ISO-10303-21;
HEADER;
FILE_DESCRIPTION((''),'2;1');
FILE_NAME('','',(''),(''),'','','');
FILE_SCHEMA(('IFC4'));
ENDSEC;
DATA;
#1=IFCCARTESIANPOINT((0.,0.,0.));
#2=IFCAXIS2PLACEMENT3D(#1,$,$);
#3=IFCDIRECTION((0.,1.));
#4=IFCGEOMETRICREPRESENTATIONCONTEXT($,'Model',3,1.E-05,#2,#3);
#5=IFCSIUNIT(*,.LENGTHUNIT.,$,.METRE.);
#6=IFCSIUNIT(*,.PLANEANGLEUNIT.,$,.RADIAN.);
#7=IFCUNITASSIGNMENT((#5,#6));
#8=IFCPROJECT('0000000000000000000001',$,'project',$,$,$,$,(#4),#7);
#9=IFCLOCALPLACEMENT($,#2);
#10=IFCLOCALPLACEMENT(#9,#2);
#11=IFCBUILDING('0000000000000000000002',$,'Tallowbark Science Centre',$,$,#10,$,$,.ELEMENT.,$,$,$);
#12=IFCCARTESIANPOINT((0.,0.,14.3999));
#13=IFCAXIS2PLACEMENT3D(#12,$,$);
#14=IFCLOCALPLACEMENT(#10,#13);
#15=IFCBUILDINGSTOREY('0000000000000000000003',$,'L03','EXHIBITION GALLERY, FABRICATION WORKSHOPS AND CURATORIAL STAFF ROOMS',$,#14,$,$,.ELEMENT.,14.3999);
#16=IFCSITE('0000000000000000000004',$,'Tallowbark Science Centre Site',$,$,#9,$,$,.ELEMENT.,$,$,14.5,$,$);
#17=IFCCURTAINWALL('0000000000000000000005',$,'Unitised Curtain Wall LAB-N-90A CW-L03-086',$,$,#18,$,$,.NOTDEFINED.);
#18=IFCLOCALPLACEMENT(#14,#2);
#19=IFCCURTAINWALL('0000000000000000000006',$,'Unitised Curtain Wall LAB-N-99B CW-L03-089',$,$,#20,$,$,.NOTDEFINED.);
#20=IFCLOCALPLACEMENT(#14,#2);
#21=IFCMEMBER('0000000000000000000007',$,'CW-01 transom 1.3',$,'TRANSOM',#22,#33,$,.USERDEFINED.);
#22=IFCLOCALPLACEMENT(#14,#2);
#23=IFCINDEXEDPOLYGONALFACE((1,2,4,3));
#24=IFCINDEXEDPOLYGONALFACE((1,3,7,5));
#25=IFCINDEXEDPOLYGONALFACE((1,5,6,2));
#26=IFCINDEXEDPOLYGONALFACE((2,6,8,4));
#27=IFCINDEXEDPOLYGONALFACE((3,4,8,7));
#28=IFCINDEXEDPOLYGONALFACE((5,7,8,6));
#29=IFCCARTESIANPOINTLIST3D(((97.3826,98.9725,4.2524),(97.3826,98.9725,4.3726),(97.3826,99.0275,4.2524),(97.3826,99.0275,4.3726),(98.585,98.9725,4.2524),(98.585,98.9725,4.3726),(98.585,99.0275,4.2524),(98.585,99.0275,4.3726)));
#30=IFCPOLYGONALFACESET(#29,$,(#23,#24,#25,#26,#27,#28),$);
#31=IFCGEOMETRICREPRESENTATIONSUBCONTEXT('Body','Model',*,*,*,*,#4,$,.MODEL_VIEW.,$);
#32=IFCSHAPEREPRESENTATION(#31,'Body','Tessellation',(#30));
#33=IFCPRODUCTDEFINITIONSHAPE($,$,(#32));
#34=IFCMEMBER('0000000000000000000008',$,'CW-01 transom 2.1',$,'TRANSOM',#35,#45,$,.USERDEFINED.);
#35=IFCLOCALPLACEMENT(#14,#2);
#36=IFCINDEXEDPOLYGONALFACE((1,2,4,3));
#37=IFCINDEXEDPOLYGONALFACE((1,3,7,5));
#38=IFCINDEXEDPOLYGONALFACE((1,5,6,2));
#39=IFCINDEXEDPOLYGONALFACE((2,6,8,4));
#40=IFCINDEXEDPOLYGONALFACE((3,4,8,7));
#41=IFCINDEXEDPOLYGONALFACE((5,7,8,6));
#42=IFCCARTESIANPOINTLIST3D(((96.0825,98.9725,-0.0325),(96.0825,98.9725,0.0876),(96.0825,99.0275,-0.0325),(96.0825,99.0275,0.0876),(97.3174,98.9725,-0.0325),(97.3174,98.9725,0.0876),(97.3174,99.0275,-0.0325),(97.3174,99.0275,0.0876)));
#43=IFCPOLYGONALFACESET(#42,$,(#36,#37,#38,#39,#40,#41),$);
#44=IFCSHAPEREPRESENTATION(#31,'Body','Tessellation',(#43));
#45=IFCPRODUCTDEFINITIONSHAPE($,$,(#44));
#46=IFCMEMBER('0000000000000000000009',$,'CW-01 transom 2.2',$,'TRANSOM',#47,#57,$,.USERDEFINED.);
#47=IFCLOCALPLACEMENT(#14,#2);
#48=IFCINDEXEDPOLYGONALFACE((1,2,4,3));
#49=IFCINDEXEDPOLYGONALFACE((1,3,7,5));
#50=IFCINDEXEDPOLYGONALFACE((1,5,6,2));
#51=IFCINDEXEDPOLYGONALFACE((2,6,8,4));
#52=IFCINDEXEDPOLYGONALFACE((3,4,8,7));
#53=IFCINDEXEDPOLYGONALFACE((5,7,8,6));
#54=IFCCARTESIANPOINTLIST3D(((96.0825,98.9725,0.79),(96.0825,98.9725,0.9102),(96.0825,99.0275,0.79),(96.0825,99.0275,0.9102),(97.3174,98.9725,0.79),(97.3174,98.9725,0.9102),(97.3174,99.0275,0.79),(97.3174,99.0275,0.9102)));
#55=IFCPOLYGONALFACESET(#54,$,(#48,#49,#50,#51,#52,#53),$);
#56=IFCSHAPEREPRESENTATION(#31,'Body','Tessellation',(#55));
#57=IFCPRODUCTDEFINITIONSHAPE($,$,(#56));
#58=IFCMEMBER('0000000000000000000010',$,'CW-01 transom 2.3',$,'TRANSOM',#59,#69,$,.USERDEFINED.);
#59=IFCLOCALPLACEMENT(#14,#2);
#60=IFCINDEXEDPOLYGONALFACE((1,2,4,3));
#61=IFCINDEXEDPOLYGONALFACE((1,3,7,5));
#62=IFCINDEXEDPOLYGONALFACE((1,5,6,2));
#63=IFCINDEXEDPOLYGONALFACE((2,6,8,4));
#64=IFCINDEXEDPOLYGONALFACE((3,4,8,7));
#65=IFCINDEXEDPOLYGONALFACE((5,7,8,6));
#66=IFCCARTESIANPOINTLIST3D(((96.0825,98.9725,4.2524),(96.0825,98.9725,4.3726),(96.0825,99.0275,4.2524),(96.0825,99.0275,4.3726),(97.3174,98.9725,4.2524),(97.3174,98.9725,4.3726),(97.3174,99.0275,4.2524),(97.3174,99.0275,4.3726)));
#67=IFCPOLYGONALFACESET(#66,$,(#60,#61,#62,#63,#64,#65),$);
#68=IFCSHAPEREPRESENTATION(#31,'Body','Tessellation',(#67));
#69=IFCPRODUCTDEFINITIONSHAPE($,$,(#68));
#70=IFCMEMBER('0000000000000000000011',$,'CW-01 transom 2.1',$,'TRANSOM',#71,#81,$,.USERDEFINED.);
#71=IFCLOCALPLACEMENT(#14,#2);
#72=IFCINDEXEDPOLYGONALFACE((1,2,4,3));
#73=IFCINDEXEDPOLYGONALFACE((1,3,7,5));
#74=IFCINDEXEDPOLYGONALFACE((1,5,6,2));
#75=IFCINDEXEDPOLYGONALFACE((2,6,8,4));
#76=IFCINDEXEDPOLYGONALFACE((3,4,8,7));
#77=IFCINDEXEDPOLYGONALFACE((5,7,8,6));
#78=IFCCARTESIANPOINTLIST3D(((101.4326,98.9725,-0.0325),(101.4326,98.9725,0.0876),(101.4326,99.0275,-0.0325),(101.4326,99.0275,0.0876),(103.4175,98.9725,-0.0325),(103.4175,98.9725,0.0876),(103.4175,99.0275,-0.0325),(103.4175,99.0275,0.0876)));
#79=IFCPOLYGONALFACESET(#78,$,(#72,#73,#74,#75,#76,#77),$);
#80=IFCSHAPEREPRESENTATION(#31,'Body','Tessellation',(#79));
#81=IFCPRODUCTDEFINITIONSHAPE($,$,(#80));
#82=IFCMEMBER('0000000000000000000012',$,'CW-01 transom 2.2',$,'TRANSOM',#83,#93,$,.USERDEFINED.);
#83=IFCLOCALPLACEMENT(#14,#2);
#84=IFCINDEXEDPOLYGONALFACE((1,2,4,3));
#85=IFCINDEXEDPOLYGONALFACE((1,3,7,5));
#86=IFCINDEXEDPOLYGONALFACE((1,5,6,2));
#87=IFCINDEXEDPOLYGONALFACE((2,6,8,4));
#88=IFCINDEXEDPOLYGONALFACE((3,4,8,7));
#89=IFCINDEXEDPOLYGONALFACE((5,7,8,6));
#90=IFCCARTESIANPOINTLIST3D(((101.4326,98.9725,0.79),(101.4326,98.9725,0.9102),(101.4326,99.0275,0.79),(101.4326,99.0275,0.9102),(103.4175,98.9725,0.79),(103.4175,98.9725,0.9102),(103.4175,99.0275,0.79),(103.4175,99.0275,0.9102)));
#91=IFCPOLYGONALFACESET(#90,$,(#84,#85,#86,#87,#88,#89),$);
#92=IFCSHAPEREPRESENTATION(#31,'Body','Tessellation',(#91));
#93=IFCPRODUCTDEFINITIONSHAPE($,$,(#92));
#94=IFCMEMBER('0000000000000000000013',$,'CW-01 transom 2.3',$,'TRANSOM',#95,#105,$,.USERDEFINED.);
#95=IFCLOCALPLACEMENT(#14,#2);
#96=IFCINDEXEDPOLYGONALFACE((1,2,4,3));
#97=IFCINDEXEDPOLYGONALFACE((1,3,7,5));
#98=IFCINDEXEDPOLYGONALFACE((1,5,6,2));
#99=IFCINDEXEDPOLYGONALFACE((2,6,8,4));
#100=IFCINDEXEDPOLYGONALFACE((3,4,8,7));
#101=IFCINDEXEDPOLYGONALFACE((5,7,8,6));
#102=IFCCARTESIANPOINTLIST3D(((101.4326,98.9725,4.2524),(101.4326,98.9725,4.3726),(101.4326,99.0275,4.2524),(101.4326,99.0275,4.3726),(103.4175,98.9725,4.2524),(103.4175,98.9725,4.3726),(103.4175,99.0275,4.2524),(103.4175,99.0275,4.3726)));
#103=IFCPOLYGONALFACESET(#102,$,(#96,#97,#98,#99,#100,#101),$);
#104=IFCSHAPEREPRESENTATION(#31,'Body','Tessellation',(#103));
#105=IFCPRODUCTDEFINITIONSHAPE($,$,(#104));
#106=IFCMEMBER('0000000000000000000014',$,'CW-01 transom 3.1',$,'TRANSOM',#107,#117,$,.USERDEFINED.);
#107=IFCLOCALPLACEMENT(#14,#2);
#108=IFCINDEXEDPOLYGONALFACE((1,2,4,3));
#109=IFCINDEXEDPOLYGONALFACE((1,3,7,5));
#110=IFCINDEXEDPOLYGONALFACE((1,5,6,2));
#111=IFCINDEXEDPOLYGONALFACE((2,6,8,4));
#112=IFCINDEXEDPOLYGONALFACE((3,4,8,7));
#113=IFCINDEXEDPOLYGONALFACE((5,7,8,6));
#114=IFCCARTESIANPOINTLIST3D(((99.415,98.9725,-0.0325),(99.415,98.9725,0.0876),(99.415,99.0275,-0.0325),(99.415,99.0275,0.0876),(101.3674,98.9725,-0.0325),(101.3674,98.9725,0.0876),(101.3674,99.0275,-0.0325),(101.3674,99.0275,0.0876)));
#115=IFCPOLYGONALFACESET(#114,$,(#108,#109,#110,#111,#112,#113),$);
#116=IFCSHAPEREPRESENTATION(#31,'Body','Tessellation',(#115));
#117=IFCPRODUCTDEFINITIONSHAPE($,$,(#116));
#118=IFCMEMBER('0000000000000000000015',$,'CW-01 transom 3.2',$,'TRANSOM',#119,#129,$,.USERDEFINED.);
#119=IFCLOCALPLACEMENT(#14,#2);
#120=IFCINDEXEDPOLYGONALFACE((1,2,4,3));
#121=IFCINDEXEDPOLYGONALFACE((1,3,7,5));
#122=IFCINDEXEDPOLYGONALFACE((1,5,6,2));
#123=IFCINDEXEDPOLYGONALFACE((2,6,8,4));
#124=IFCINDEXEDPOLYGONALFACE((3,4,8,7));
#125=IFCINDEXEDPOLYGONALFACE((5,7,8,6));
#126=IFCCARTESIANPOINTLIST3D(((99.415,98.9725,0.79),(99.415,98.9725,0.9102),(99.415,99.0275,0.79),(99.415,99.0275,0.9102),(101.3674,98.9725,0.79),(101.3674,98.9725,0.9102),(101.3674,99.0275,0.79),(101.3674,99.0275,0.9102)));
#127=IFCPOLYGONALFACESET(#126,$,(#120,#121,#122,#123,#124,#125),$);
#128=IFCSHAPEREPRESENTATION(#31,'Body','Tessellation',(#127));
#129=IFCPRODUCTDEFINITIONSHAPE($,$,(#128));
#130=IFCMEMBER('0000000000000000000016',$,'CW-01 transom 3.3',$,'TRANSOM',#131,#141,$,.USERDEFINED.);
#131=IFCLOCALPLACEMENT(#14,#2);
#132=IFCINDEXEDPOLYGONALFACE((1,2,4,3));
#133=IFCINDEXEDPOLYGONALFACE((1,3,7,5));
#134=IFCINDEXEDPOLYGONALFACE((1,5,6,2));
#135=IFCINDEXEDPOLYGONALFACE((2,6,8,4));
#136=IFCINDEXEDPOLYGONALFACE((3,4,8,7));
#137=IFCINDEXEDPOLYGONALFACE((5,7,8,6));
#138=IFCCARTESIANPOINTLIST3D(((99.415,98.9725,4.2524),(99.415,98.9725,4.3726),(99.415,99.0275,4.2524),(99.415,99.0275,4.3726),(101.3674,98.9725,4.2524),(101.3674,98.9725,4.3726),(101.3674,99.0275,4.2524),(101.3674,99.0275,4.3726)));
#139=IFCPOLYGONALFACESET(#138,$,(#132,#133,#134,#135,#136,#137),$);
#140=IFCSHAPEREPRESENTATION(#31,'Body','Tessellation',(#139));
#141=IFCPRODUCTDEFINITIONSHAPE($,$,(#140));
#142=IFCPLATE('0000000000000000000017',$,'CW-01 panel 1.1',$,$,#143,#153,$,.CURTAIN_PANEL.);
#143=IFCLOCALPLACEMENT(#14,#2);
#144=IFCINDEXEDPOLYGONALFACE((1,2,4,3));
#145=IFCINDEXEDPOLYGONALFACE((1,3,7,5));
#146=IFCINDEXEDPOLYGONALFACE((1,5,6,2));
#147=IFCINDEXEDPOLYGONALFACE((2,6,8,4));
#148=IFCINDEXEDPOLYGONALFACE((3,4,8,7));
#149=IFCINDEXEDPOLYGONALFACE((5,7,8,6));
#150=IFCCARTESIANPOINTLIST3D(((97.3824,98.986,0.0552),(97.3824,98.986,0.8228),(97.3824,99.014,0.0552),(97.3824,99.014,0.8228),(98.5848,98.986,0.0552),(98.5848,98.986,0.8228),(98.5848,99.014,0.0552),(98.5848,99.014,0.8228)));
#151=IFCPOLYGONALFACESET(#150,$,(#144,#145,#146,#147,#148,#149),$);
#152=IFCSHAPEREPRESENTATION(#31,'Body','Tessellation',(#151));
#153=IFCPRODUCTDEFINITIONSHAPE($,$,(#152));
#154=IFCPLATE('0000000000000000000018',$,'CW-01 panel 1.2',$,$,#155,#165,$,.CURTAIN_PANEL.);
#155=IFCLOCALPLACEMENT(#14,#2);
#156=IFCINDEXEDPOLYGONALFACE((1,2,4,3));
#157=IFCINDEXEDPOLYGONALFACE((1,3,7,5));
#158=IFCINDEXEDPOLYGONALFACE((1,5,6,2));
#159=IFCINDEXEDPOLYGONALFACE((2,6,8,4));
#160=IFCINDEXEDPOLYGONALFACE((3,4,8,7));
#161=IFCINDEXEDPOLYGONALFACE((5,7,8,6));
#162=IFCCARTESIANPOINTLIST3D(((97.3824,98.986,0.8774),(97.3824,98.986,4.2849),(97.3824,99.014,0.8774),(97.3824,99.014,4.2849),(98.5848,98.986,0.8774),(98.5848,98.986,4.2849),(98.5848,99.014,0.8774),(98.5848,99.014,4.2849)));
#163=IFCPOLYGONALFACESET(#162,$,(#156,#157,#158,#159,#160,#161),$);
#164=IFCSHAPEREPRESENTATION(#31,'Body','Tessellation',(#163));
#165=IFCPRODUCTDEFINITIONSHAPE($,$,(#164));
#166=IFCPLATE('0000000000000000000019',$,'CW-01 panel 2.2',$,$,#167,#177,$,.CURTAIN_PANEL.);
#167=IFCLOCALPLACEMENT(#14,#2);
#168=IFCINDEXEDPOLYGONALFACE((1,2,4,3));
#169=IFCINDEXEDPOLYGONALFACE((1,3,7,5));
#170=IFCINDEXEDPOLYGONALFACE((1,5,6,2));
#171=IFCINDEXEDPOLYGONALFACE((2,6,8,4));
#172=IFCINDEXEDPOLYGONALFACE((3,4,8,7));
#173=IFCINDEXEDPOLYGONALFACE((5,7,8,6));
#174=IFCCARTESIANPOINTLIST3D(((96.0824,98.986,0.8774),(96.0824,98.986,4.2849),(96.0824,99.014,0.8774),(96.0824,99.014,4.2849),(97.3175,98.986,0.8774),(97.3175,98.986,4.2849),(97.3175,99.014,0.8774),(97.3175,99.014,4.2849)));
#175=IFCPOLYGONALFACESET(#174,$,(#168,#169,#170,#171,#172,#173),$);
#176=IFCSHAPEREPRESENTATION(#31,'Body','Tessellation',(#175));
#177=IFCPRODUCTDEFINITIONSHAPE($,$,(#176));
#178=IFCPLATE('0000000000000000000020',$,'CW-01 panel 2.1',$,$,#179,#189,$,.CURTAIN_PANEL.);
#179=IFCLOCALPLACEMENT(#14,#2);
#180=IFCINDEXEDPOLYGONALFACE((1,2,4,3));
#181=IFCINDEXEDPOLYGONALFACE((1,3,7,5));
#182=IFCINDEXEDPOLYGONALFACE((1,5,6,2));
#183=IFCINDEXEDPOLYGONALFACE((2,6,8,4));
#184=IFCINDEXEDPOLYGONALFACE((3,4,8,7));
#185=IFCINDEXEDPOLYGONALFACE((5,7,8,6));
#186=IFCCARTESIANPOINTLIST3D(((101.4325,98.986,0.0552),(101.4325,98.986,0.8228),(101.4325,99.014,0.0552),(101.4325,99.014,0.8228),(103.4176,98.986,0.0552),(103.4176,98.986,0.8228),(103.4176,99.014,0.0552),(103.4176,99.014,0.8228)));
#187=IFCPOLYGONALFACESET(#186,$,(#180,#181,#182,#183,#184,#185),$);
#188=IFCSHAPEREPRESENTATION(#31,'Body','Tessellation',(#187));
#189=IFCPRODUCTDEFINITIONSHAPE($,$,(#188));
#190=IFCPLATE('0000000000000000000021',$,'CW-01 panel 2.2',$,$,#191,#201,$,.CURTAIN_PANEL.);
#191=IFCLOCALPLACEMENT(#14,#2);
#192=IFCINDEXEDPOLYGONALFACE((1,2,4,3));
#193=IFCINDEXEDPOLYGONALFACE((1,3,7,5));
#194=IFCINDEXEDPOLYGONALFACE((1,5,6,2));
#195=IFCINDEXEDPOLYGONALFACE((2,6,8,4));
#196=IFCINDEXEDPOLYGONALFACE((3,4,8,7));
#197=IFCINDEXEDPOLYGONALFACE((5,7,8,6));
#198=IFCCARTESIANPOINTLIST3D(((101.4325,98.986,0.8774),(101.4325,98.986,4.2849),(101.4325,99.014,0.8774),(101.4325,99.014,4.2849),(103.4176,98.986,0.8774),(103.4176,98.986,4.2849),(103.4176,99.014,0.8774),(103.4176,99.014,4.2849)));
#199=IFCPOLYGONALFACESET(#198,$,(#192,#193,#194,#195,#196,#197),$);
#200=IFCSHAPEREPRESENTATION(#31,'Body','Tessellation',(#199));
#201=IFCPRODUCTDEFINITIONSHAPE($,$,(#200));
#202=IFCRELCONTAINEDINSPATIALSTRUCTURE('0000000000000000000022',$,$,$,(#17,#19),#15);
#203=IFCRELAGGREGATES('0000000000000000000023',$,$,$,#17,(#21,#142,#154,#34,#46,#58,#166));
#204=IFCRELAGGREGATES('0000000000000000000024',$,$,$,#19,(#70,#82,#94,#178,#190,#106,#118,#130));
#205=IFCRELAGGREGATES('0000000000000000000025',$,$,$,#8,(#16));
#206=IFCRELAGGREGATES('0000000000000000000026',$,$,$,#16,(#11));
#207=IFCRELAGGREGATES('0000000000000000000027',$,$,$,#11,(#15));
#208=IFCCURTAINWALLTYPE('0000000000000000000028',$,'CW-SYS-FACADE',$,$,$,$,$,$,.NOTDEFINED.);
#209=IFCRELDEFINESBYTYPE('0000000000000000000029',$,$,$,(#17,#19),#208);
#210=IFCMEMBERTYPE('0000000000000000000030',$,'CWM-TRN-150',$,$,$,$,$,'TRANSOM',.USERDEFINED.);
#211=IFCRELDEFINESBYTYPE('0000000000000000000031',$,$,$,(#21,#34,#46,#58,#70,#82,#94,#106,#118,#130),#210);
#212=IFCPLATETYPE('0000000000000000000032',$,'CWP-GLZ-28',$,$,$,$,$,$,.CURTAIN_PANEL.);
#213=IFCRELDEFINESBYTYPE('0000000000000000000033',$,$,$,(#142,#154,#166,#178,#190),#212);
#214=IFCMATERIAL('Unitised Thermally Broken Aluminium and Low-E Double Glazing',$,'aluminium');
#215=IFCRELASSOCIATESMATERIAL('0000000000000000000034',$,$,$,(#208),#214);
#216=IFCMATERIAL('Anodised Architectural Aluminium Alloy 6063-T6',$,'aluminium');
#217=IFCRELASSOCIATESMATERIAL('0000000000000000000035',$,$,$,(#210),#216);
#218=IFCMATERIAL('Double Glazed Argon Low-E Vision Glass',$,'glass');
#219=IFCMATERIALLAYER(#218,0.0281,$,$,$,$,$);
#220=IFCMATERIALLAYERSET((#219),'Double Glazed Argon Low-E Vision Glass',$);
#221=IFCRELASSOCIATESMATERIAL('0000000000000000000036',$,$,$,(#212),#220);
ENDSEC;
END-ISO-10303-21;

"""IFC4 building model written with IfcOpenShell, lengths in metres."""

from ifc_helpers import new_model, si_unit, direction, frame, origin, origin_2d, place, context, subcontext, project, spatial, rectangle, extrude, material, layer, layer_set, material_profile, profile_set, type_object, element, aggregate, save


model = new_model("IFC4")

# Units and contexts
model_context = context("Model", 3, precision=1e-05, world=origin(), true_north=direction((0.0, 1.0)))
body_context = subcontext(model_context, "Body", "Model", "MODEL_VIEW")
ifc_project = project(units=[si_unit("LENGTHUNIT", "METRE"), si_unit("PLANEANGLEUNIT", "RADIAN")], contexts=[model_context])

# Site, building, storey
site_placement = place(None, origin())
site = spatial("IfcSite", under=ifc_project, at=site_placement, Name="Tallowbark Science Centre Site", CompositionType="ELEMENT", RefElevation=14.5)
building_placement = place(site_placement, origin())
building = spatial("IfcBuilding", under=site, at=building_placement, Name="Tallowbark Science Centre", CompositionType="ELEMENT")
storey_placement = place(building_placement, frame((0.0, 0.0, 14.3999)))
storey = spatial("IfcBuildingStorey", under=building, at=storey_placement, Name="L03", Description="EXHIBITION GALLERY, FABRICATION WORKSHOPS AND CURATORIAL STAFF ROOMS", CompositionType="ELEMENT", Elevation=14.3999)

# Curtain walls
ifc_material_1 = material(Name="Unitised Thermally Broken Aluminium and Low-E Double Glazing", Category="aluminium")
curtain_wall_type = type_object("IfcCurtainWallType", Name="CW-SYS-FACADE", PredefinedType="NOTDEFINED", material=ifc_material_1)
curtain_wall_1_placement = place(storey_placement, origin())
curtain_wall_1 = element("IfcCurtainWall", 1, at=curtain_wall_1_placement, inside=storey, type_object=curtain_wall_type, Name="Unitised Curtain Wall LAB-N-90A CW-L03-086", PredefinedType="NOTDEFINED")
ifc_material_2 = material(Name="Anodised Architectural Aluminium Alloy 6063-T6", Category="aluminium")
curtain_wall_2_placement = place(storey_placement, origin())
curtain_wall_2 = element("IfcCurtainWall", 2, at=curtain_wall_2_placement, inside=storey, type_object=curtain_wall_type, Name="Unitised Curtain Wall LAB-N-99B CW-L03-089", PredefinedType="NOTDEFINED")

# Members
ifc_material_profile_1 = material_profile(ifc_material_2, rectangle(XDim=0.0549, YDim=0.1201, at=origin_2d()), Name="ALU55x120")
ifc_profile_set_1 = profile_set([ifc_material_profile_1], Name="Anodised Architectural Aluminium Alloy 6063-T6")
member_type_1 = type_object("IfcMemberType", Name="CWM-TRN-150", ElementType="TRANSOM", PredefinedType="USERDEFINED", material=ifc_profile_set_1)
member_1_placement = place(storey_placement, frame((98.585, 99.0, 4.3125), z_axis=(-1.0, 0.0, 0.0), x_axis=(0.0, -1.0, 0.0)))
member_1 = element("IfcMember", 3, at=member_1_placement, type_object=member_type_1, Name="CW-01 transom 1.3", ObjectType="TRANSOM", PredefinedType="USERDEFINED", context=body_context, shape_type="SweptSolid", body=[
    extrude(rectangle(XDim=0.0549, YDim=0.1201, at=origin_2d()), origin(), (0.0, 0.0, 1.0), 1.2024),
])
member_2_placement = place(storey_placement, frame((97.3174, 99.0, 0.0276), z_axis=(-1.0, 0.0, 0.0), x_axis=(0.0, -1.0, 0.0)))
member_2 = element("IfcMember", 4, at=member_2_placement, type_object=member_type_1, Name="CW-01 transom 2.1", ObjectType="TRANSOM", PredefinedType="USERDEFINED", context=body_context, shape_type="SweptSolid", body=[
    extrude(rectangle(XDim=0.0549, YDim=0.1201, at=origin_2d()), origin(), (0.0, 0.0, 1.0), 1.2349),
])
member_3_placement = place(storey_placement, frame((97.3174, 99.0, 0.8501), z_axis=(-1.0, 0.0, 0.0), x_axis=(0.0, -1.0, 0.0)))
member_3 = element("IfcMember", 5, at=member_3_placement, type_object=member_type_1, Name="CW-01 transom 2.2", ObjectType="TRANSOM", PredefinedType="USERDEFINED", context=body_context, shape_type="SweptSolid", body=[
    extrude(rectangle(XDim=0.0549, YDim=0.1201, at=origin_2d()), origin(), (0.0, 0.0, 1.0), 1.2349),
])
member_4_placement = place(storey_placement, frame((97.3174, 99.0, 4.3125), z_axis=(-1.0, 0.0, 0.0), x_axis=(0.0, -1.0, 0.0)))
member_4 = element("IfcMember", 6, at=member_4_placement, type_object=member_type_1, Name="CW-01 transom 2.3", ObjectType="TRANSOM", PredefinedType="USERDEFINED", context=body_context, shape_type="SweptSolid", body=[
    extrude(rectangle(XDim=0.0549, YDim=0.1201, at=origin_2d()), origin(), (0.0, 0.0, 1.0), 1.2349),
])
member_5_placement = place(storey_placement, frame((103.4175, 99.0, 0.0276), z_axis=(-1.0, 0.0, 0.0), x_axis=(0.0, -1.0, 0.0)))
member_5 = element("IfcMember", 7, at=member_5_placement, type_object=member_type_1, Name="CW-01 transom 2.1", ObjectType="TRANSOM", PredefinedType="USERDEFINED", context=body_context, shape_type="SweptSolid", body=[
    extrude(rectangle(XDim=0.0549, YDim=0.1201, at=origin_2d()), origin(), (0.0, 0.0, 1.0), 1.9849),
])
member_6_placement = place(storey_placement, frame((103.4175, 99.0, 0.8501), z_axis=(-1.0, 0.0, 0.0), x_axis=(0.0, -1.0, 0.0)))
member_6 = element("IfcMember", 8, at=member_6_placement, type_object=member_type_1, Name="CW-01 transom 2.2", ObjectType="TRANSOM", PredefinedType="USERDEFINED", context=body_context, shape_type="SweptSolid", body=[
    extrude(rectangle(XDim=0.0549, YDim=0.1201, at=origin_2d()), origin(), (0.0, 0.0, 1.0), 1.9849),
])
member_7_placement = place(storey_placement, frame((103.4175, 99.0, 4.3125), z_axis=(-1.0, 0.0, 0.0), x_axis=(0.0, -1.0, 0.0)))
member_7 = element("IfcMember", 9, at=member_7_placement, type_object=member_type_1, Name="CW-01 transom 2.3", ObjectType="TRANSOM", PredefinedType="USERDEFINED", context=body_context, shape_type="SweptSolid", body=[
    extrude(rectangle(XDim=0.0549, YDim=0.1201, at=origin_2d()), origin(), (0.0, 0.0, 1.0), 1.9849),
])
member_8_placement = place(storey_placement, frame((101.3674, 99.0, 0.0276), z_axis=(-1.0, 0.0, 0.0), x_axis=(0.0, -1.0, 0.0)))
member_8 = element("IfcMember", 10, at=member_8_placement, type_object=member_type_1, Name="CW-01 transom 3.1", ObjectType="TRANSOM", PredefinedType="USERDEFINED", context=body_context, shape_type="SweptSolid", body=[
    extrude(rectangle(XDim=0.0549, YDim=0.1201, at=origin_2d()), origin(), (0.0, 0.0, 1.0), 1.9524),
])
member_9_placement = place(storey_placement, frame((101.3674, 99.0, 0.8501), z_axis=(-1.0, 0.0, 0.0), x_axis=(0.0, -1.0, 0.0)))
member_9 = element("IfcMember", 11, at=member_9_placement, type_object=member_type_1, Name="CW-01 transom 3.2", ObjectType="TRANSOM", PredefinedType="USERDEFINED", context=body_context, shape_type="SweptSolid", body=[
    extrude(rectangle(XDim=0.0549, YDim=0.1201, at=origin_2d()), origin(), (0.0, 0.0, 1.0), 1.9524),
])
member_10_placement = place(storey_placement, frame((101.3674, 99.0, 4.3125), z_axis=(-1.0, 0.0, 0.0), x_axis=(0.0, -1.0, 0.0)))
member_10 = element("IfcMember", 12, at=member_10_placement, type_object=member_type_1, Name="CW-01 transom 3.3", ObjectType="TRANSOM", PredefinedType="USERDEFINED", context=body_context, shape_type="SweptSolid", body=[
    extrude(rectangle(XDim=0.0549, YDim=0.1201, at=origin_2d()), origin(), (0.0, 0.0, 1.0), 1.9524),
])

# Plates
ifc_material_3 = material(Name="Double Glazed Argon Low-E Vision Glass", Category="glass")
ifc_layer_1 = layer(ifc_material_3, 0.0281)
ifc_layer_set_1 = layer_set([ifc_layer_1], Name="Double Glazed Argon Low-E Vision Glass")
plate_type = type_object("IfcPlateType", Name="CWP-GLZ-28", PredefinedType="CURTAIN_PANEL", material=ifc_layer_set_1)
plate_1_placement = place(storey_placement, frame((97.9836, 99.0, 0.0552), z_axis=(0.0, 0.0, 1.0), x_axis=(-1.0, 0.0, 0.0)))
plate_1 = element("IfcPlate", 13, at=plate_1_placement, type_object=plate_type, Name="CW-01 panel 1.1", PredefinedType="CURTAIN_PANEL", context=body_context, shape_type="SweptSolid", body=[
    extrude(rectangle(XDim=1.2024, YDim=0.0281, at=origin_2d()), origin(), (0.0, 0.0, 1.0), 0.7676),
])
plate_2_placement = place(storey_placement, frame((97.9836, 99.0, 0.8774), z_axis=(0.0, 0.0, 1.0), x_axis=(-1.0, 0.0, 0.0)))
plate_2 = element("IfcPlate", 14, at=plate_2_placement, type_object=plate_type, Name="CW-01 panel 1.2", PredefinedType="CURTAIN_PANEL", context=body_context, shape_type="SweptSolid", body=[
    extrude(rectangle(XDim=1.2024, YDim=0.0281, at=origin_2d()), origin(), (0.0, 0.0, 1.0), 3.4075),
])
plate_3_placement = place(storey_placement, frame((96.7, 99.0, 0.8774), z_axis=(0.0, 0.0, 1.0), x_axis=(-1.0, 0.0, 0.0)))
plate_3 = element("IfcPlate", 15, at=plate_3_placement, type_object=plate_type, Name="CW-01 panel 2.2", PredefinedType="CURTAIN_PANEL", context=body_context, shape_type="SweptSolid", body=[
    extrude(rectangle(XDim=1.2351, YDim=0.0281, at=origin_2d()), origin(), (0.0, 0.0, 1.0), 3.4075),
])
aggregate(curtain_wall_1, [member_1, plate_1, plate_2, member_2, member_3, member_4, plate_3])
plate_4_placement = place(storey_placement, frame((102.425, 99.0, 0.0552), z_axis=(0.0, 0.0, 1.0), x_axis=(-1.0, 0.0, 0.0)))
plate_4 = element("IfcPlate", 16, at=plate_4_placement, type_object=plate_type, Name="CW-01 panel 2.1", PredefinedType="CURTAIN_PANEL", context=body_context, shape_type="SweptSolid", body=[
    extrude(rectangle(XDim=1.9851, YDim=0.0281, at=origin_2d()), origin(), (0.0, 0.0, 1.0), 0.7676),
])
plate_5_placement = place(storey_placement, frame((102.425, 99.0, 0.8774), z_axis=(0.0, 0.0, 1.0), x_axis=(-1.0, 0.0, 0.0)))
plate_5 = element("IfcPlate", 17, at=plate_5_placement, type_object=plate_type, Name="CW-01 panel 2.2", PredefinedType="CURTAIN_PANEL", context=body_context, shape_type="SweptSolid", body=[
    extrude(rectangle(XDim=1.9851, YDim=0.0281, at=origin_2d()), origin(), (0.0, 0.0, 1.0), 3.4075),
])
aggregate(curtain_wall_2, [member_5, member_6, member_7, plate_4, plate_5, member_8, member_9, member_10])

save(model, "model.ifc")
